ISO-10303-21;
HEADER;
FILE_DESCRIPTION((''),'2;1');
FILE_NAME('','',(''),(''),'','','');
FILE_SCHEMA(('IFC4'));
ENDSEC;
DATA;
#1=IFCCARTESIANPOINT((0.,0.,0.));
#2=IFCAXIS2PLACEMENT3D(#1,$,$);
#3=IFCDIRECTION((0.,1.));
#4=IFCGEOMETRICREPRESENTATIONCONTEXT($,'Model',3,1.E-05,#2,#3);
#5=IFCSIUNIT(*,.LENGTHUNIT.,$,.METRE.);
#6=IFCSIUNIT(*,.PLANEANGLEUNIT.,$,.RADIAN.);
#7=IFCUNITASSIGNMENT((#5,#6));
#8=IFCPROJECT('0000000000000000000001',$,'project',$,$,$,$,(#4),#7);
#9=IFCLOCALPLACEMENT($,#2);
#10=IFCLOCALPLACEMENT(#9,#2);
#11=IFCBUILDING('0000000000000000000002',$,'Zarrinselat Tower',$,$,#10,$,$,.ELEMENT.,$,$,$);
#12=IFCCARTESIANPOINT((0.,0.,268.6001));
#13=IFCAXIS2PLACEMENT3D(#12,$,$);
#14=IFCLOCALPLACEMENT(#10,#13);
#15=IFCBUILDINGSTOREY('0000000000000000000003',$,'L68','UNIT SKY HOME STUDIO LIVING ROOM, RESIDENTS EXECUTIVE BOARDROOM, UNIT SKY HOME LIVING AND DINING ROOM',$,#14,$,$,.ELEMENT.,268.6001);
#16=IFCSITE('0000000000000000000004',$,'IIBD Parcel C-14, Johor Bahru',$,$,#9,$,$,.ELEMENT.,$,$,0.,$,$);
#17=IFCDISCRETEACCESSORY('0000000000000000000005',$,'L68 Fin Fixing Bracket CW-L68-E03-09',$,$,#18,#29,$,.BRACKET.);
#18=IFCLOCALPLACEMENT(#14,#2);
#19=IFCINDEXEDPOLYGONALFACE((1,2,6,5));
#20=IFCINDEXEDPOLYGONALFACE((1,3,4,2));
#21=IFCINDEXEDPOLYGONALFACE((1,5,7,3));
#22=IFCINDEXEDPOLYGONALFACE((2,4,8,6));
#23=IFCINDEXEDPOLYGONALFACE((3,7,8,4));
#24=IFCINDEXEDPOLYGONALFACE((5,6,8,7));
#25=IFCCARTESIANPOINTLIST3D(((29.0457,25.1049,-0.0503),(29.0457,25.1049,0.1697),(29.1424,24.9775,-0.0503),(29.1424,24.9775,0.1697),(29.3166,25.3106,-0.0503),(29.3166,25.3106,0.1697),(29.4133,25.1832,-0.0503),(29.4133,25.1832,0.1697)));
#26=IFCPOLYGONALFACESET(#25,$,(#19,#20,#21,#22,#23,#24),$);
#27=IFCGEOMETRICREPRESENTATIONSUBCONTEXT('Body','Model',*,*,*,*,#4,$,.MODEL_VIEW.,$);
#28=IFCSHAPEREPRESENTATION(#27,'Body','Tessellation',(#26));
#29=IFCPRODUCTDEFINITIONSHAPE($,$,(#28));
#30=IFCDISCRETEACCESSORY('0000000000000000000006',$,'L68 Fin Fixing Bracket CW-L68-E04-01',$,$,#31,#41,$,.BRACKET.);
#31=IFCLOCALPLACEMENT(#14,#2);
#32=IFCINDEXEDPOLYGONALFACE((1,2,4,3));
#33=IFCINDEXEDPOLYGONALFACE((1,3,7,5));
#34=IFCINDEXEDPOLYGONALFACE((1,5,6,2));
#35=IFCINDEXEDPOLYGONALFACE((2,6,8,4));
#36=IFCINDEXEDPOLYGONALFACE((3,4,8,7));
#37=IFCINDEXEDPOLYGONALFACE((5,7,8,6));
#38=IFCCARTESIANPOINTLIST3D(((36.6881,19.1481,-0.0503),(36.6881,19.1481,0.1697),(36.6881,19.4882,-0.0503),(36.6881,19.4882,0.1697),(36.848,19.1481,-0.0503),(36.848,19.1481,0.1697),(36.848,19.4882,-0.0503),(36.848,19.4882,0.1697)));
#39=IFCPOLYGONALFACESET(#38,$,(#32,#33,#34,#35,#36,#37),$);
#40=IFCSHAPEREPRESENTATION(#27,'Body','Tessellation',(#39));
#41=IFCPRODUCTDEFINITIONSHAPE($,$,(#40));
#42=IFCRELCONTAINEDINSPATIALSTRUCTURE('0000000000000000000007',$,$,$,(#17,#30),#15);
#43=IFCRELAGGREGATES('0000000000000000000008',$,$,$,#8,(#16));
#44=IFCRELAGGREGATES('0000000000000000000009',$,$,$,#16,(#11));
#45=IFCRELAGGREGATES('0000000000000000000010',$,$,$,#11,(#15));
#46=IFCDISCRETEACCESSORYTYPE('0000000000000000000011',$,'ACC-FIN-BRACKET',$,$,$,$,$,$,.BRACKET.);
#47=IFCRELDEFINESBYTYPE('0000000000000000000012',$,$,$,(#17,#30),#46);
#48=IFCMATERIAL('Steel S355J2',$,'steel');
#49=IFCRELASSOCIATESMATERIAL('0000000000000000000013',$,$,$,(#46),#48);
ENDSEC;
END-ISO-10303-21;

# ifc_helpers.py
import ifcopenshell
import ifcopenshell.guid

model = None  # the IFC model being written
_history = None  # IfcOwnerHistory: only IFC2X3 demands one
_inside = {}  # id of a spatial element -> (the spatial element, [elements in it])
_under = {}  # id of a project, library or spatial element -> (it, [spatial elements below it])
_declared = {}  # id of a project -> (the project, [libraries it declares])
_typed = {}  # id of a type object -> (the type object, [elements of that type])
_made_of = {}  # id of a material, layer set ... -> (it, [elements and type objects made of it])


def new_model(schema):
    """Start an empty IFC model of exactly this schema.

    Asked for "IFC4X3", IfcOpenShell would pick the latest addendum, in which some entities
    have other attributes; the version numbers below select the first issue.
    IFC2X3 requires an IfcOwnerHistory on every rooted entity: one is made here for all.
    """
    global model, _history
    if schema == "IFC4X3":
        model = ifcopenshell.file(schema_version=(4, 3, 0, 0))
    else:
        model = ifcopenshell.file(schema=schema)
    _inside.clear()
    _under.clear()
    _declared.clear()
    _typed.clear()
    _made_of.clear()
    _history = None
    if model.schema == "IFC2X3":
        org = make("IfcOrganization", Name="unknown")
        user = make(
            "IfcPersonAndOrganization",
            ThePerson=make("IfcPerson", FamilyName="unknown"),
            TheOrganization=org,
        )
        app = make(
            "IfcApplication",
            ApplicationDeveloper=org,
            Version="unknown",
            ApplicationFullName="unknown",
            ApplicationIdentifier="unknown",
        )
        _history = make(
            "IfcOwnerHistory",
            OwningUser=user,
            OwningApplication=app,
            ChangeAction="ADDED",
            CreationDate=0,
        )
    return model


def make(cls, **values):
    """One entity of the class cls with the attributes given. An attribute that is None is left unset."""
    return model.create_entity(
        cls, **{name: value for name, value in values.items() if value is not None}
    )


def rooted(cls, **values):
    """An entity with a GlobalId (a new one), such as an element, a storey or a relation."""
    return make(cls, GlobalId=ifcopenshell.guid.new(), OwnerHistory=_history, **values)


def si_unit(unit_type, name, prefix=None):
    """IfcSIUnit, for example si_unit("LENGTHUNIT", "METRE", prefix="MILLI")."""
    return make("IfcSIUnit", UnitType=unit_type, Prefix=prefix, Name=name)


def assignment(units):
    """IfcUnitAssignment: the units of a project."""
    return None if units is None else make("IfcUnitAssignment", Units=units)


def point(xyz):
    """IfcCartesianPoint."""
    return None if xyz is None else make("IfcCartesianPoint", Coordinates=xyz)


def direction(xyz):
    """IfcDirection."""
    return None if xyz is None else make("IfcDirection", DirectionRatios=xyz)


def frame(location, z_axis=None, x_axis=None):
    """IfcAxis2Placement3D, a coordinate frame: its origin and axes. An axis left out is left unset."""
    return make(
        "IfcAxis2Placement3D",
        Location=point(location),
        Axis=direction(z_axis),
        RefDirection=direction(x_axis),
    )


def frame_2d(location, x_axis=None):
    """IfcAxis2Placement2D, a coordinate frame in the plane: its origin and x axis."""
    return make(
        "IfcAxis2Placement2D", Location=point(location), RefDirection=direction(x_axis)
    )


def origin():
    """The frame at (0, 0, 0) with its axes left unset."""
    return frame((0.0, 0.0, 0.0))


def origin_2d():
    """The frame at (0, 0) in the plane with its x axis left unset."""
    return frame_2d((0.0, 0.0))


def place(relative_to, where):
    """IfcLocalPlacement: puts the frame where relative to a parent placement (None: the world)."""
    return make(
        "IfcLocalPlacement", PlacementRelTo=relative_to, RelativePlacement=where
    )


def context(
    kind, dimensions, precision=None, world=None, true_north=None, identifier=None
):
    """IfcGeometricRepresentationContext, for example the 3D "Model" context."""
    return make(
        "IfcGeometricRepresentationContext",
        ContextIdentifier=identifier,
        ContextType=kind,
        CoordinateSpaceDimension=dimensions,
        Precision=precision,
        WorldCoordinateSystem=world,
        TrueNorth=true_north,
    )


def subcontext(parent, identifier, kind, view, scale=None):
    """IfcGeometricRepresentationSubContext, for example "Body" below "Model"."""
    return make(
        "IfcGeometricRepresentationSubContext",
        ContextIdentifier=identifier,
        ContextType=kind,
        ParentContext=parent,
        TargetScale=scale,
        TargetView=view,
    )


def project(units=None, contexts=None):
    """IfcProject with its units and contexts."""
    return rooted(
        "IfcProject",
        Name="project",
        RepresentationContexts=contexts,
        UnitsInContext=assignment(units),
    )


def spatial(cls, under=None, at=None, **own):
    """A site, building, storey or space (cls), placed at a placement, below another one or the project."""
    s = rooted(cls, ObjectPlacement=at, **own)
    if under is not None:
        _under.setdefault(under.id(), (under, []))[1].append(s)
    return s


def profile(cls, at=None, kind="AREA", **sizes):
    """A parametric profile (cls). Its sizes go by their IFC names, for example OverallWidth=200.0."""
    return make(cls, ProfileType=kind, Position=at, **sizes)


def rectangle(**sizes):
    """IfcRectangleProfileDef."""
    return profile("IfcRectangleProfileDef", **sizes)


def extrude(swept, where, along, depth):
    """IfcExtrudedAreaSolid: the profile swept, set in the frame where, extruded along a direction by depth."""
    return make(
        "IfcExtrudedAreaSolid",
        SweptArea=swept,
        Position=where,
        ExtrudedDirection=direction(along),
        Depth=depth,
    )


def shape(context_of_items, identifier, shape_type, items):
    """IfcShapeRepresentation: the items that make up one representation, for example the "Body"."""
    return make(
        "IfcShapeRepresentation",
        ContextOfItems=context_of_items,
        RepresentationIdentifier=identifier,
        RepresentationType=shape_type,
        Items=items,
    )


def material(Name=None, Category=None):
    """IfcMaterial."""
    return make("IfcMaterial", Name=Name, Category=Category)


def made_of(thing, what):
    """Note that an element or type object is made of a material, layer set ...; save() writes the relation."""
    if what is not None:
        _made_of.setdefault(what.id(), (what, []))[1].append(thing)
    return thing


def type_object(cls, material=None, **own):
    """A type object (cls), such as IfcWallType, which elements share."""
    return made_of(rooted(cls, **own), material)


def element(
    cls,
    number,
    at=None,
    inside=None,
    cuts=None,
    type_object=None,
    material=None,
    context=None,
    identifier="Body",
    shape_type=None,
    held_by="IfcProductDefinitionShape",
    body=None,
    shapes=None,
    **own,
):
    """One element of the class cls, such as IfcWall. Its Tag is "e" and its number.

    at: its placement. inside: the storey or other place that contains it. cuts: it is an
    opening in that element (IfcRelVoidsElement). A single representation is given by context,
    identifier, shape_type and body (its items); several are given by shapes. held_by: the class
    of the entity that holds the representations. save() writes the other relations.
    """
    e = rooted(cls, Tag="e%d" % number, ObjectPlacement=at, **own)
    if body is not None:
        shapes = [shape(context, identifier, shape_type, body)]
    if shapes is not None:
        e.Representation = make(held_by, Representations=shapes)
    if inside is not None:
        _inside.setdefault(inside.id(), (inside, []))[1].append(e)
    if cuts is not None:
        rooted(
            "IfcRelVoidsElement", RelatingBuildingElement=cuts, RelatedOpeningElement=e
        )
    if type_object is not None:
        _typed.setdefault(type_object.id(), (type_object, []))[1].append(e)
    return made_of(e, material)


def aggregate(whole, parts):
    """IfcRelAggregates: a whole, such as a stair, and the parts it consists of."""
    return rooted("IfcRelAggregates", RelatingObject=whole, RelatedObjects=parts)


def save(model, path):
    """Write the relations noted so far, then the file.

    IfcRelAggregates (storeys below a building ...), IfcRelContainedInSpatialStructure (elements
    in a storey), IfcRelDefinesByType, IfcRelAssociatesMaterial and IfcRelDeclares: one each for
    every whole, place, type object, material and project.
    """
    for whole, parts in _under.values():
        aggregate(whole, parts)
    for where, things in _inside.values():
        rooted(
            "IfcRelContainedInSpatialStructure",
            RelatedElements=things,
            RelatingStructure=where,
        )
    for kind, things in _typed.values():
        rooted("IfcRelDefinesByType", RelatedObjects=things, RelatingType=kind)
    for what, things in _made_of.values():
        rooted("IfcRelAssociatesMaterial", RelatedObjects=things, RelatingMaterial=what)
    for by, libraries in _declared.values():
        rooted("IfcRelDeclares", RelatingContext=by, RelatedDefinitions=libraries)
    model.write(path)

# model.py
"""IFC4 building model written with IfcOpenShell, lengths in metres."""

from ifc_helpers import new_model, si_unit, direction, frame, origin, origin_2d, place, context, subcontext, project, spatial, rectangle, extrude, material, type_object, element, save


model = new_model("IFC4")

# Units and contexts
model_context = context("Model", 3, precision=1e-05, world=origin(), true_north=direction((0.0, 1.0)))
body_context = subcontext(model_context, "Body", "Model", "MODEL_VIEW")
ifc_project = project(units=[si_unit("LENGTHUNIT", "METRE"), si_unit("PLANEANGLEUNIT", "RADIAN")], contexts=[model_context])

# Site, building, storey
site_placement = place(None, origin())
site = spatial("IfcSite", under=ifc_project, at=site_placement, Name="IIBD Parcel C-14, Johor Bahru", CompositionType="ELEMENT", RefElevation=0.0)
building_placement = place(site_placement, origin())
building = spatial("IfcBuilding", under=site, at=building_placement, Name="Zarrinselat Tower", CompositionType="ELEMENT")
storey_placement = place(building_placement, frame((0.0, 0.0, 268.6001)))
storey = spatial("IfcBuildingStorey", under=building, at=storey_placement, Name="L68", Description="UNIT SKY HOME STUDIO LIVING ROOM, RESIDENTS EXECUTIVE BOARDROOM, UNIT SKY HOME LIVING AND DINING ROOM", CompositionType="ELEMENT", Elevation=268.6001)

# Discrete accessories
ifc_material_1 = material(Name="Steel S355J2", Category="steel")
discrete_accessory_type = type_object("IfcDiscreteAccessoryType", Name="ACC-FIN-BRACKET", PredefinedType="BRACKET", material=ifc_material_1)
for number, where, z_axis, x_axis, name in (
    (1, (29.2295, 25.144, -0.0503), (0.0, 0.0, 1.0), (-0.796387, -0.604788, 0.0), "L68 Fin Fixing Bracket CW-L68-E03-09"),
    (2, (36.7681, 19.3181, -0.0503), (0.0, 0.0, 1.0), (0.0, -1.0, 0.0), "L68 Fin Fixing Bracket CW-L68-E04-01"),
):
    element("IfcDiscreteAccessory", number, at=place(storey_placement, frame(where, z_axis=z_axis, x_axis=x_axis)), inside=storey, type_object=discrete_accessory_type, Name=name, PredefinedType="BRACKET", context=body_context, shape_type="SweptSolid", body=[
        extrude(rectangle(XDim=0.3401, YDim=0.1599, at=origin_2d()), origin(), (0.0, 0.0, 1.0), 0.22),
    ])

save(model, "model.ifc")
